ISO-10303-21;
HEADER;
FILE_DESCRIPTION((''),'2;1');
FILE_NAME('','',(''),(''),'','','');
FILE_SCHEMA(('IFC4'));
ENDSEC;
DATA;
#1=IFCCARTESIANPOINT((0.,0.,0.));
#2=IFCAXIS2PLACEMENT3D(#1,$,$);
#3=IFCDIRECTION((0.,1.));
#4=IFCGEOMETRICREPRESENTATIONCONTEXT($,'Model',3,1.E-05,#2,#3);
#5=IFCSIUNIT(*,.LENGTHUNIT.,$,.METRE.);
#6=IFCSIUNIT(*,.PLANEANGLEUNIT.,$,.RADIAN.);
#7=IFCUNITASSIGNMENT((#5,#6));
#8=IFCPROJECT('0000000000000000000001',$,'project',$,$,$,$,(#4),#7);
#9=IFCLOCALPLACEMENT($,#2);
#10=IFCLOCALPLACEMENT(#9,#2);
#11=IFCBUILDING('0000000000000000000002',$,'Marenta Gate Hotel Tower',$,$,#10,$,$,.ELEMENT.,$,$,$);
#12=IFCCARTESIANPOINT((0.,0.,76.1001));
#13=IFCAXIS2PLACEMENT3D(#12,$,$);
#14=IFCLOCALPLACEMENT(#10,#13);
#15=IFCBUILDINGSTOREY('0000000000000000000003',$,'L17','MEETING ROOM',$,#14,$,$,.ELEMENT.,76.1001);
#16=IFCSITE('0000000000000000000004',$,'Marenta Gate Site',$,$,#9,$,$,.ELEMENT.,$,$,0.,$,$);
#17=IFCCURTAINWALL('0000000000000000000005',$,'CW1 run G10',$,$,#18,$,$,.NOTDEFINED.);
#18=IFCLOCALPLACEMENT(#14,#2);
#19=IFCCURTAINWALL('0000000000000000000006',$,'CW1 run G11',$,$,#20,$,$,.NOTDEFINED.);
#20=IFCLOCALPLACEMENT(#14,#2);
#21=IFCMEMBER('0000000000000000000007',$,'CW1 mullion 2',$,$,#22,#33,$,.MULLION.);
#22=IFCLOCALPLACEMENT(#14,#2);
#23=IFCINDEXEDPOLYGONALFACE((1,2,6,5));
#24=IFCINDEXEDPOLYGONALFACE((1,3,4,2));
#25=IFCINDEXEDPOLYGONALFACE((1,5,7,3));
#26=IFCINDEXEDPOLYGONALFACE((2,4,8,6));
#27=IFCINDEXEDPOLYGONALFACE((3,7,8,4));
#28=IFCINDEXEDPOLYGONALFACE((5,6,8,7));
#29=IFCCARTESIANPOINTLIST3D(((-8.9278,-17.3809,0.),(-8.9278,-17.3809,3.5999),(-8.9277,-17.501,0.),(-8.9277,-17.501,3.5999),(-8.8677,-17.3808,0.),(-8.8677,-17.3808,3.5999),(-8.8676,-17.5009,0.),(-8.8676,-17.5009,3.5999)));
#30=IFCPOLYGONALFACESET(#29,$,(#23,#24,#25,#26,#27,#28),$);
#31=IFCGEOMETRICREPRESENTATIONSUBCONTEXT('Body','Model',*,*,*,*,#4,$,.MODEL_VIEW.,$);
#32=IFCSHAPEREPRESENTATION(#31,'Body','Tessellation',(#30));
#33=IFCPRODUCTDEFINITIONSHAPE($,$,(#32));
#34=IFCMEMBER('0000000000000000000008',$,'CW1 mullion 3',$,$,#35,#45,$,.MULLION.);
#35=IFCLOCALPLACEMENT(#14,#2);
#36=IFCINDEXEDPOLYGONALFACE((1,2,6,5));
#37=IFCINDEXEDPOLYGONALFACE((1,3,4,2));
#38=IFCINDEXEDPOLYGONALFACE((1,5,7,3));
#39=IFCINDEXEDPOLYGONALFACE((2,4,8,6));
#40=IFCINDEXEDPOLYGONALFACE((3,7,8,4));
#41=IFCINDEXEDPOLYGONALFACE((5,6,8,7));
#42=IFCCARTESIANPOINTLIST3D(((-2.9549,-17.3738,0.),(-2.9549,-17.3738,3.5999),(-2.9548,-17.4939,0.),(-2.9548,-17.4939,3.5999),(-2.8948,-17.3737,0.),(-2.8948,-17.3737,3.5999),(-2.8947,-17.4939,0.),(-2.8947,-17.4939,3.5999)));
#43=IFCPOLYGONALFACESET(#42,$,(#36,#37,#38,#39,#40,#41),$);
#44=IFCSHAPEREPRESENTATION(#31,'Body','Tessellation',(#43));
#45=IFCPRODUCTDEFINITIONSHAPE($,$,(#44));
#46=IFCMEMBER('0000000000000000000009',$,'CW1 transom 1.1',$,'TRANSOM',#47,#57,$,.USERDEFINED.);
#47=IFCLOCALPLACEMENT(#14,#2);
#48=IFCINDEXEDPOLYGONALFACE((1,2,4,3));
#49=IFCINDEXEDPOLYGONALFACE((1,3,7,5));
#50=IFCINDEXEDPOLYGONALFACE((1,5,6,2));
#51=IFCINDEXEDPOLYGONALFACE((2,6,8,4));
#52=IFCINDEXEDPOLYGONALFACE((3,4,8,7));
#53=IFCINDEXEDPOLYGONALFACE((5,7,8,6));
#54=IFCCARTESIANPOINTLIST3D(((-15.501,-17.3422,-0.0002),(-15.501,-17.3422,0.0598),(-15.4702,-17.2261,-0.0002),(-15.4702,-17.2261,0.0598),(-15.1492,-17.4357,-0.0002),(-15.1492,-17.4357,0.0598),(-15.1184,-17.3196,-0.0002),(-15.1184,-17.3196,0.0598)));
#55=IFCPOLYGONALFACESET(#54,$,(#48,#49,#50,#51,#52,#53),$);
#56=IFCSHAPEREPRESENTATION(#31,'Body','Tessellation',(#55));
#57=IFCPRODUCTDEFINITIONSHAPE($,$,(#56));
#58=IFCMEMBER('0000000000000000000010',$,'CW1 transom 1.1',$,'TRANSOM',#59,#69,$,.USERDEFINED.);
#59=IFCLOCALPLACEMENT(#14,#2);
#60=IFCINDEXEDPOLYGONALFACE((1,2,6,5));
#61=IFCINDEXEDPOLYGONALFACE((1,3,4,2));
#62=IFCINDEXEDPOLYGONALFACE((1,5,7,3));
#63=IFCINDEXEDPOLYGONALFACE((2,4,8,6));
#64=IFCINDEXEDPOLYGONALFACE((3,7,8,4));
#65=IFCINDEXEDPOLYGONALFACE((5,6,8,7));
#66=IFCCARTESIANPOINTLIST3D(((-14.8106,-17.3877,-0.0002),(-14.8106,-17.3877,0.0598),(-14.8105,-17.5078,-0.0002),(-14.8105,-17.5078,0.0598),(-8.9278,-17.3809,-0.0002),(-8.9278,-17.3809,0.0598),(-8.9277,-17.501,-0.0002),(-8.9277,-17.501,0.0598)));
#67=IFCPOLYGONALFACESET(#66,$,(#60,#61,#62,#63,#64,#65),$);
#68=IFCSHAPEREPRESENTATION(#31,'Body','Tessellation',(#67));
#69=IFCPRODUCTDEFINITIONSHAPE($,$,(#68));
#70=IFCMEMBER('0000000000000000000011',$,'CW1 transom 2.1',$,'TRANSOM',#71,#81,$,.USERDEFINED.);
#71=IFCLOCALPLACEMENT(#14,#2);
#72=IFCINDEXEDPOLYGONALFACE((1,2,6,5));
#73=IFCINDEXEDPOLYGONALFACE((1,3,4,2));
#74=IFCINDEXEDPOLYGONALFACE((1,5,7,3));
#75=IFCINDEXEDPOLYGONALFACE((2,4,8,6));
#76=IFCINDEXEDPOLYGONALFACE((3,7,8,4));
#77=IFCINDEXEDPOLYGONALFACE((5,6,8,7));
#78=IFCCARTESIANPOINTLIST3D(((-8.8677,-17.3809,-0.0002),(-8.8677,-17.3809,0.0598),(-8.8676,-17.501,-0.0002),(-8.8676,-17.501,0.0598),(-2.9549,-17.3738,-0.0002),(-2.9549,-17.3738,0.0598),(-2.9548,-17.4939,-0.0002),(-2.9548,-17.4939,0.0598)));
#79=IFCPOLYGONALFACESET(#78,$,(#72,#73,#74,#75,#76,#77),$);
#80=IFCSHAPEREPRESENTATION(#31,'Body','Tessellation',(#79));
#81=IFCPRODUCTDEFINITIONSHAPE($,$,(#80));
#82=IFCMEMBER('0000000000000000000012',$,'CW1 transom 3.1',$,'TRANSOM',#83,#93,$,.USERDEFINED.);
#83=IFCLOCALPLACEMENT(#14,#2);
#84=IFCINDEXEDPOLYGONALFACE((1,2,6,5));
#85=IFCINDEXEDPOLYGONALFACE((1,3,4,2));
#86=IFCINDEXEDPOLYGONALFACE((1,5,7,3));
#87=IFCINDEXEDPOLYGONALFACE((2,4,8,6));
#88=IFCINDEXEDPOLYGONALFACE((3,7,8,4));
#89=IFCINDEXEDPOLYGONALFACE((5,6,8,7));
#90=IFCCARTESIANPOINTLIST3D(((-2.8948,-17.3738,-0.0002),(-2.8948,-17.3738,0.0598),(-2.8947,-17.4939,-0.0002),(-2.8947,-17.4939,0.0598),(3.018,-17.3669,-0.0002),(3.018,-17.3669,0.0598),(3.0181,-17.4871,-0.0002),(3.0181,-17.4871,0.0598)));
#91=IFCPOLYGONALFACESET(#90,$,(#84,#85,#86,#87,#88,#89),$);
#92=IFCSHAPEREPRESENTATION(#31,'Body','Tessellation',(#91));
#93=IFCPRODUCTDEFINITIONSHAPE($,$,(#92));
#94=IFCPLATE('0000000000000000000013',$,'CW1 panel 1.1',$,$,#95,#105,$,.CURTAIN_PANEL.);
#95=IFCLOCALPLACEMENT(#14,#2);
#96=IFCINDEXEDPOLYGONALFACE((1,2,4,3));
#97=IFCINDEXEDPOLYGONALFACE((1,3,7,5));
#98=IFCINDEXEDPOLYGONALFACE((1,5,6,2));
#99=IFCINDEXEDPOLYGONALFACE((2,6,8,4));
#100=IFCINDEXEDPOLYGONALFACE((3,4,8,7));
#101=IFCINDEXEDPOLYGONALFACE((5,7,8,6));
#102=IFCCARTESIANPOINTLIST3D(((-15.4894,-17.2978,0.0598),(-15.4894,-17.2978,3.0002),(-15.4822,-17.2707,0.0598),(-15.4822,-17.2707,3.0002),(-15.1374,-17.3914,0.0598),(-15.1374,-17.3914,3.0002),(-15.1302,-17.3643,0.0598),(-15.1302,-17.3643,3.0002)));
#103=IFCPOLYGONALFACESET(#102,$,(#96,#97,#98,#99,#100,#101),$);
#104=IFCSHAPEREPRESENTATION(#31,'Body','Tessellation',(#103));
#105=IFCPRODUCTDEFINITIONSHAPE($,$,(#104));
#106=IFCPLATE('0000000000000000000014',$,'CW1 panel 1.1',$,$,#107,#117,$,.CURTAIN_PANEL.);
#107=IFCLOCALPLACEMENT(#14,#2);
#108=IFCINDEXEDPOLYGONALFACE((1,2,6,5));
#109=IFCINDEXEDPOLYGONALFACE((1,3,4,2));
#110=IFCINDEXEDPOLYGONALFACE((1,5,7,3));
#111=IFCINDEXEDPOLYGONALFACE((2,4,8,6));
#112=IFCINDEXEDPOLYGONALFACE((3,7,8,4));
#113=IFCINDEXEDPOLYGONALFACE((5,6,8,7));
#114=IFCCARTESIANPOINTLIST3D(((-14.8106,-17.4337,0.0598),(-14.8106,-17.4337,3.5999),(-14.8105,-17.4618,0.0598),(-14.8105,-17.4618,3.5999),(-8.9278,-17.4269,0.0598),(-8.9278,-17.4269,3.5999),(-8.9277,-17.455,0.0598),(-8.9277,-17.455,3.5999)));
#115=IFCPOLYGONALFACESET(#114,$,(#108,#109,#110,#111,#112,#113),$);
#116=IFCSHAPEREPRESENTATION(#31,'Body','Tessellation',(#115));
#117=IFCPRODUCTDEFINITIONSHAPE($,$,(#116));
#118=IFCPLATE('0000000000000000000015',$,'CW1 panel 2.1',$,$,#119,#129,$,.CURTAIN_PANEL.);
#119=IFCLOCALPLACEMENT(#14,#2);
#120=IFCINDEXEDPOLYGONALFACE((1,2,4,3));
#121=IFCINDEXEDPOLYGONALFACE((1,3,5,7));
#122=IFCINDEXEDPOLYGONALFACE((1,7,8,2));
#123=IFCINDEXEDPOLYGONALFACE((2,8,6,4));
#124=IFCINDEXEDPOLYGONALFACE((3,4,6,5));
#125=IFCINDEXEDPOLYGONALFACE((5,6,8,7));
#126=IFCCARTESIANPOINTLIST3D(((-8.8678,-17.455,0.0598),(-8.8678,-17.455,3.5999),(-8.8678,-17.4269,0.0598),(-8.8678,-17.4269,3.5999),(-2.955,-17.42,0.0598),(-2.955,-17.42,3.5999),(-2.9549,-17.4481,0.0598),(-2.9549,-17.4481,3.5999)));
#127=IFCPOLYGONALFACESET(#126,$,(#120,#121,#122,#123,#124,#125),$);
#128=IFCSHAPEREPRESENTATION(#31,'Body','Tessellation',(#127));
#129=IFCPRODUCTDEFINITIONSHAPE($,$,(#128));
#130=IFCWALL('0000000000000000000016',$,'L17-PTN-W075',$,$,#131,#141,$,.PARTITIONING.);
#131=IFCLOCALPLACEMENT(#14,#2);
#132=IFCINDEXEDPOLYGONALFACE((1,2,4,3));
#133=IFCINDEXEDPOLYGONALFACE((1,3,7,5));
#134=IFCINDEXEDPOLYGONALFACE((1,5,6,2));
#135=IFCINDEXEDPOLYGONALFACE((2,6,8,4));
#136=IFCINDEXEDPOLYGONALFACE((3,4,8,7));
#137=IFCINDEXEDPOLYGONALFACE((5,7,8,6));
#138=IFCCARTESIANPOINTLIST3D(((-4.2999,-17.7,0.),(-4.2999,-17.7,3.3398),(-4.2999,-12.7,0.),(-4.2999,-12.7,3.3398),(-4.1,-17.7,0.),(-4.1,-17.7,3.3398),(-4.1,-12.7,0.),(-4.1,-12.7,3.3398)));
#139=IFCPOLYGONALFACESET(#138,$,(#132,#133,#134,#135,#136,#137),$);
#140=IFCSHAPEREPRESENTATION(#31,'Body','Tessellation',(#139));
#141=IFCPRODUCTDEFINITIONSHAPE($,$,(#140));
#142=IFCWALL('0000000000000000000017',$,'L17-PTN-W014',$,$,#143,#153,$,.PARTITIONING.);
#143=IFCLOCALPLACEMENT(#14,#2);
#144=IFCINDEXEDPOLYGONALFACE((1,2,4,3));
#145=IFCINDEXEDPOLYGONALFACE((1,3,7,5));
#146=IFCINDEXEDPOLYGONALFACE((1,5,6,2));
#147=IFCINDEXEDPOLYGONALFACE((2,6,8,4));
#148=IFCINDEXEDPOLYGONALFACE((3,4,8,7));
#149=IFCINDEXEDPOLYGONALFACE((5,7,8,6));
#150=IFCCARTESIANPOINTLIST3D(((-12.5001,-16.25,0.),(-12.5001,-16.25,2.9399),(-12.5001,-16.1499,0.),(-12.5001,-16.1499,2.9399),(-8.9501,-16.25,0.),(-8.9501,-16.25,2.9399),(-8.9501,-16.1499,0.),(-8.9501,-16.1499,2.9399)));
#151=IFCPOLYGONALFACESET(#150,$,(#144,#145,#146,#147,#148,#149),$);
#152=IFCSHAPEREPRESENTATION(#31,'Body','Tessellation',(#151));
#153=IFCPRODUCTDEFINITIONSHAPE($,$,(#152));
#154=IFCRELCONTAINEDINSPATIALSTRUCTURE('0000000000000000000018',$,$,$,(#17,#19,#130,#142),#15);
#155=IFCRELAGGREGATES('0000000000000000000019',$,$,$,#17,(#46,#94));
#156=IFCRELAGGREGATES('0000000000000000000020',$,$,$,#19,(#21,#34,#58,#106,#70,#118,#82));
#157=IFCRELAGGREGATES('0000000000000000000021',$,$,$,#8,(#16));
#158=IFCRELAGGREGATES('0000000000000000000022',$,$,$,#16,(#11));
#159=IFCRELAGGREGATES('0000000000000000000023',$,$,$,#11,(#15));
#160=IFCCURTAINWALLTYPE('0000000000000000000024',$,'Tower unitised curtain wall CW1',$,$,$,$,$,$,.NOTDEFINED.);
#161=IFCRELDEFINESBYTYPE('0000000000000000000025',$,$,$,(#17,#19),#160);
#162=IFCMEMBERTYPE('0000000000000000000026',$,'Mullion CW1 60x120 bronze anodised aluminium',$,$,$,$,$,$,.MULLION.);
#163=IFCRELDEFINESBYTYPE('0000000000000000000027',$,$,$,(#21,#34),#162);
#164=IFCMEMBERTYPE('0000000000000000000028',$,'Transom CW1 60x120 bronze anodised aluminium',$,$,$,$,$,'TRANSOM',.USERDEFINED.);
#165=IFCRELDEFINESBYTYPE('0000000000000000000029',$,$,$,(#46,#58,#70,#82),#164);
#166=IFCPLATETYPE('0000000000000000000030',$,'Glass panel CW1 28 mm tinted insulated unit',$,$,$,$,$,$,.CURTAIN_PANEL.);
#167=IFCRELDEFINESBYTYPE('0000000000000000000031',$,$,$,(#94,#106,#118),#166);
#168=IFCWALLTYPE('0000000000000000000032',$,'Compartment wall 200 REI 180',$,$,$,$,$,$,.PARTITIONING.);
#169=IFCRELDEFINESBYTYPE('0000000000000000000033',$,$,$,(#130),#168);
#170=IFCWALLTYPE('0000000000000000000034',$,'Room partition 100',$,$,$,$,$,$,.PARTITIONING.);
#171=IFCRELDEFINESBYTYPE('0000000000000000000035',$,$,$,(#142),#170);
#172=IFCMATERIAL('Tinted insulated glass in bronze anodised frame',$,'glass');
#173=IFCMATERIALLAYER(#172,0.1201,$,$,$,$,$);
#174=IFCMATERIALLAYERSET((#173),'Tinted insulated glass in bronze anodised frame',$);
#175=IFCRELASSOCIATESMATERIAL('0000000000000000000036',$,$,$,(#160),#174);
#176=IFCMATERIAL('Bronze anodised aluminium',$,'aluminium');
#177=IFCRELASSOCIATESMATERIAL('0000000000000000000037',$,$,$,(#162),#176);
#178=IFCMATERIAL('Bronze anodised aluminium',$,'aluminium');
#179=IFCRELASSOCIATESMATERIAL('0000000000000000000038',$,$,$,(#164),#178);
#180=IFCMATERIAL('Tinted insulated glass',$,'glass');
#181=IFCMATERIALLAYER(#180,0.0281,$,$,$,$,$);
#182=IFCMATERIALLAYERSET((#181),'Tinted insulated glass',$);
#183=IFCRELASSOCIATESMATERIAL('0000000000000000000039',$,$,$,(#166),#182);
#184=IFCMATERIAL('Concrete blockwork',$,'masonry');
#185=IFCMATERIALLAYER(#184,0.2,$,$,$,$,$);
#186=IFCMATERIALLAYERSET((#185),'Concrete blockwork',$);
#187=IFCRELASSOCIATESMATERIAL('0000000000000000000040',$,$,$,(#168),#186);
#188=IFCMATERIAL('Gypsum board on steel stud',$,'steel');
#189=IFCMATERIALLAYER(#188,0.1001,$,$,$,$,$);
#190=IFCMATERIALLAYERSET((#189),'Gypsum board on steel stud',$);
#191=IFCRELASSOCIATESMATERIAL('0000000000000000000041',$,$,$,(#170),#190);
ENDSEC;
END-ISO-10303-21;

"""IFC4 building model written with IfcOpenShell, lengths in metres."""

from ifc_helpers import new_model, si_unit, direction, frame, frame_2d, origin, origin_2d, place, context, subcontext, project, spatial, rectangle, extrude, material, layer, layer_set, material_profile, profile_set, type_object, element, aggregate, save


model = new_model("IFC4")

# Units and contexts
model_context = context("Model", 3, precision=1e-05, world=origin(), true_north=direction((0.0, 1.0)))
body_context = subcontext(model_context, "Body", "Model", "MODEL_VIEW")
ifc_project = project(units=[si_unit("LENGTHUNIT", "METRE"), si_unit("PLANEANGLEUNIT", "RADIAN")], contexts=[model_context])

# Site, building, storey
site_placement = place(None, origin())
site = spatial("IfcSite", under=ifc_project, at=site_placement, Name="Marenta Gate Site", CompositionType="ELEMENT", RefElevation=0.0)
building_placement = place(site_placement, origin())
building = spatial("IfcBuilding", under=site, at=building_placement, Name="Marenta Gate Hotel Tower", CompositionType="ELEMENT")
storey_placement = place(building_placement, frame((0.0, 0.0, 76.1001)))
storey = spatial("IfcBuildingStorey", under=building, at=storey_placement, Name="L17", Description="MEETING ROOM", CompositionType="ELEMENT", Elevation=76.1001)

# Curtain walls, members
ifc_material_1 = material(Name="Tinted insulated glass in bronze anodised frame", Category="glass")
ifc_layer_1 = layer(ifc_material_1, 0.1201)
ifc_layer_set_1 = layer_set([ifc_layer_1], Name="Tinted insulated glass in bronze anodised frame")
curtain_wall_type = type_object("IfcCurtainWallType", Name="Tower unitised curtain wall CW1", PredefinedType="NOTDEFINED", material=ifc_layer_set_1)
curtain_wall_1_placement = place(storey_placement, origin())
curtain_wall_1 = element("IfcCurtainWall", 1, at=curtain_wall_1_placement, inside=storey, type_object=curtain_wall_type, Name="CW1 run G10", PredefinedType="NOTDEFINED")
ifc_material_2 = material(Name="Bronze anodised aluminium", Category="aluminium")
ifc_material_profile_1 = material_profile(ifc_material_2, rectangle(XDim=0.1201, YDim=0.0601, at=origin_2d()), Name="Mullion CW1 60x120 bronze anodised aluminium")
ifc_profile_set_1 = profile_set([ifc_material_profile_1], Name="Bronze anodised aluminium")
member_type_1 = type_object("IfcMemberType", Name="Mullion CW1 60x120 bronze anodised aluminium", PredefinedType="MULLION", material=ifc_profile_set_1)
curtain_wall_2_placement = place(storey_placement, origin())
curtain_wall_2 = element("IfcCurtainWall", 2, at=curtain_wall_2_placement, inside=storey, type_object=curtain_wall_type, Name="CW1 run G11", PredefinedType="NOTDEFINED")
member_1_placement = place(storey_placement, frame((-8.8977, -17.4409, 0.0), z_axis=(0.0, 0.0, 1.0), x_axis=(-0.001162, 0.999999, 0.0)))
member_1 = element("IfcMember", 3, at=member_1_placement, type_object=member_type_1, Name="CW1 mullion 2", PredefinedType="MULLION", context=body_context, shape_type="SweptSolid", body=[
    extrude(rectangle(XDim=0.1201, YDim=0.0601, at=origin_2d()), origin(), (0.0, 0.0, 1.0), 3.5999),
])
member_2_placement = place(storey_placement, frame((-2.9248, -17.4338, 0.0), z_axis=(0.0, 0.0, 1.0), x_axis=(-0.001162, 0.999999, 0.0)))
member_2 = element("IfcMember", 4, at=member_2_placement, type_object=member_type_1, Name="CW1 mullion 3", PredefinedType="MULLION", context=body_context, shape_type="SweptSolid", body=[
    extrude(rectangle(XDim=0.1201, YDim=0.0601, at=origin_2d()), origin(), (0.0, 0.0, 1.0), 3.5999),
])

# Members
ifc_material_3 = material(Name="Bronze anodised aluminium", Category="aluminium")
ifc_material_profile_2 = material_profile(ifc_material_3, rectangle(XDim=0.1201, YDim=0.0601, at=origin_2d()), Name="Transom CW1 60x120 bronze anodised aluminium")
ifc_profile_set_2 = profile_set([ifc_material_profile_2], Name="Bronze anodised aluminium")
member_type_2 = type_object("IfcMemberType", Name="Transom CW1 60x120 bronze anodised aluminium", ElementType="TRANSOM", PredefinedType="USERDEFINED", material=ifc_profile_set_2)
member_3_placement = place(storey_placement, frame((-15.4856, -17.2842, 0.0298), z_axis=(0.966446, -0.256869, 0.0), x_axis=(0.256869, 0.966446, 0.0)))
member_3 = element("IfcMember", 5, at=member_3_placement, type_object=member_type_2, Name="CW1 transom 1.1", ObjectType="TRANSOM", PredefinedType="USERDEFINED", context=body_context, shape_type="SweptSolid", body=[
    extrude(rectangle(XDim=0.1201, YDim=0.0601, at=origin_2d()), origin(), (0.0, 0.0, 1.0), 0.364),
])
member_4_placement = place(storey_placement, frame((-14.8105, -17.4478, 0.0298), z_axis=(0.999999, 0.001162, 0.0), x_axis=(-0.001162, 0.999999, 0.0)))
member_4 = element("IfcMember", 6, at=member_4_placement, type_object=member_type_2, Name="CW1 transom 1.1", ObjectType="TRANSOM", PredefinedType="USERDEFINED", context=body_context, shape_type="SweptSolid", body=[
    extrude(rectangle(XDim=0.1201, YDim=0.0601, at=origin_2d()), origin(), (0.0, 0.0, 1.0), 5.8828),
])
member_5_placement = place(storey_placement, frame((-8.8677, -17.4409, 0.0298), z_axis=(0.999999, 0.001197, 0.0), x_axis=(-0.001197, 0.999999, 0.0)))
member_5 = element("IfcMember", 7, at=member_5_placement, type_object=member_type_2, Name="CW1 transom 2.1", ObjectType="TRANSOM", PredefinedType="USERDEFINED", context=body_context, shape_type="SweptSolid", body=[
    extrude(rectangle(XDim=0.1201, YDim=0.0601, at=origin_2d()), origin(), (0.0, 0.0, 1.0), 5.9128),
])
member_6_placement = place(storey_placement, frame((-2.8948, -17.4338, 0.0298), z_axis=(0.999999, 0.001156, 0.0), x_axis=(-0.001156, 0.999999, 0.0)))
member_6 = element("IfcMember", 8, at=member_6_placement, type_object=member_type_2, Name="CW1 transom 3.1", ObjectType="TRANSOM", PredefinedType="USERDEFINED", context=body_context, shape_type="SweptSolid", body=[
    extrude(rectangle(XDim=0.1201, YDim=0.0601, at=origin_2d()), origin(), (0.0, 0.0, 1.0), 5.9128),
])

# Plates
ifc_material_4 = material(Name="Tinted insulated glass", Category="glass")
ifc_layer_2 = layer(ifc_material_4, 0.0281)
ifc_layer_set_2 = layer_set([ifc_layer_2], Name="Tinted insulated glass")
plate_type = type_object("IfcPlateType", Name="Glass panel CW1 28 mm tinted insulated unit", PredefinedType="CURTAIN_PANEL", material=ifc_layer_set_2)
plate_1_placement = place(storey_placement, frame((-15.3098, -17.3311, 0.0598), z_axis=(0.0, 0.0, 1.0), x_axis=(0.966389, -0.257084, 0.0)))
plate_1 = element("IfcPlate", 9, at=plate_1_placement, type_object=plate_type, Name="CW1 panel 1.1", PredefinedType="CURTAIN_PANEL", context=body_context, shape_type="SweptSolid", body=[
    extrude(rectangle(XDim=0.3643, YDim=0.0281, at=origin_2d()), origin(), (0.0, 0.0, 1.0), 2.9404),
])
aggregate(curtain_wall_1, [member_3, plate_1])
plate_2_placement = place(storey_placement, frame((-11.8691, -17.4443, 0.0598), z_axis=(0.0, 0.0, 1.0), x_axis=(0.999999, 0.001162, 0.0)))
plate_2 = element("IfcPlate", 10, at=plate_2_placement, type_object=plate_type, Name="CW1 panel 1.1", PredefinedType="CURTAIN_PANEL", context=body_context, shape_type="SweptSolid", body=[
    extrude(rectangle(XDim=5.8828, YDim=0.0281, at=origin_2d()), origin(), (0.0, 0.0, 1.0), 3.54),
])
plate_3_placement = place(storey_placement, frame((-5.9114, -17.4375, 0.0598), z_axis=(0.0, 0.0, 1.0), x_axis=(0.999999, 0.001162, 0.0)))
plate_3 = element("IfcPlate", 11, at=plate_3_placement, type_object=plate_type, Name="CW1 panel 2.1", PredefinedType="CURTAIN_PANEL", context=body_context, shape_type="SweptSolid", body=[
    extrude(rectangle(XDim=5.9128, YDim=0.0281, at=origin_2d()), origin(), (0.0, 0.0, 1.0), 3.54),
])
aggregate(curtain_wall_2, [member_1, member_2, member_4, plate_2, member_5, plate_3, member_6])

# Walls
ifc_material_5 = material(Name="Concrete blockwork", Category="masonry")
ifc_layer_3 = layer(ifc_material_5, 0.2)
ifc_layer_set_3 = layer_set([ifc_layer_3], Name="Concrete blockwork")
wall_type_1 = type_object("IfcWallType", Name="Compartment wall 200 REI 180", PredefinedType="PARTITIONING", material=ifc_layer_set_3)
wall_1_placement = place(storey_placement, frame((-4.2, -17.7, 0.0), z_axis=(0.0, 0.0, 1.0), x_axis=(0.0, 1.0, 0.0)))
element("IfcWall", 12, at=wall_1_placement, inside=storey, type_object=wall_type_1, Name="L17-PTN-W075", PredefinedType="PARTITIONING", context=body_context, shape_type="SweptSolid", body=[
    extrude(rectangle(XDim=5.0, YDim=0.2, at=frame_2d((2.5, 0.0))), origin(), (0.0, 0.0, 1.0), 3.3398),
])
ifc_material_6 = material(Name="Gypsum board on steel stud", Category="steel")
ifc_layer_4 = layer(ifc_material_6, 0.1001)
ifc_layer_set_4 = layer_set([ifc_layer_4], Name="Gypsum board on steel stud")
wall_type_2 = type_object("IfcWallType", Name="Room partition 100", PredefinedType="PARTITIONING", material=ifc_layer_set_4)
wall_2_placement = place(storey_placement, frame((-12.5, -16.2, 0.0), z_axis=(0.0, 0.0, 1.0), x_axis=(1.0, 0.0, 0.0)))
element("IfcWall", 13, at=wall_2_placement, inside=storey, type_object=wall_type_2, Name="L17-PTN-W014", PredefinedType="PARTITIONING", context=body_context, shape_type="SweptSolid", body=[
    extrude(rectangle(XDim=3.55, YDim=0.1001, at=frame_2d((1.7749, 0.0))), origin(), (0.0, 0.0, 1.0), 2.9399),
])

save(model, "model.ifc")
